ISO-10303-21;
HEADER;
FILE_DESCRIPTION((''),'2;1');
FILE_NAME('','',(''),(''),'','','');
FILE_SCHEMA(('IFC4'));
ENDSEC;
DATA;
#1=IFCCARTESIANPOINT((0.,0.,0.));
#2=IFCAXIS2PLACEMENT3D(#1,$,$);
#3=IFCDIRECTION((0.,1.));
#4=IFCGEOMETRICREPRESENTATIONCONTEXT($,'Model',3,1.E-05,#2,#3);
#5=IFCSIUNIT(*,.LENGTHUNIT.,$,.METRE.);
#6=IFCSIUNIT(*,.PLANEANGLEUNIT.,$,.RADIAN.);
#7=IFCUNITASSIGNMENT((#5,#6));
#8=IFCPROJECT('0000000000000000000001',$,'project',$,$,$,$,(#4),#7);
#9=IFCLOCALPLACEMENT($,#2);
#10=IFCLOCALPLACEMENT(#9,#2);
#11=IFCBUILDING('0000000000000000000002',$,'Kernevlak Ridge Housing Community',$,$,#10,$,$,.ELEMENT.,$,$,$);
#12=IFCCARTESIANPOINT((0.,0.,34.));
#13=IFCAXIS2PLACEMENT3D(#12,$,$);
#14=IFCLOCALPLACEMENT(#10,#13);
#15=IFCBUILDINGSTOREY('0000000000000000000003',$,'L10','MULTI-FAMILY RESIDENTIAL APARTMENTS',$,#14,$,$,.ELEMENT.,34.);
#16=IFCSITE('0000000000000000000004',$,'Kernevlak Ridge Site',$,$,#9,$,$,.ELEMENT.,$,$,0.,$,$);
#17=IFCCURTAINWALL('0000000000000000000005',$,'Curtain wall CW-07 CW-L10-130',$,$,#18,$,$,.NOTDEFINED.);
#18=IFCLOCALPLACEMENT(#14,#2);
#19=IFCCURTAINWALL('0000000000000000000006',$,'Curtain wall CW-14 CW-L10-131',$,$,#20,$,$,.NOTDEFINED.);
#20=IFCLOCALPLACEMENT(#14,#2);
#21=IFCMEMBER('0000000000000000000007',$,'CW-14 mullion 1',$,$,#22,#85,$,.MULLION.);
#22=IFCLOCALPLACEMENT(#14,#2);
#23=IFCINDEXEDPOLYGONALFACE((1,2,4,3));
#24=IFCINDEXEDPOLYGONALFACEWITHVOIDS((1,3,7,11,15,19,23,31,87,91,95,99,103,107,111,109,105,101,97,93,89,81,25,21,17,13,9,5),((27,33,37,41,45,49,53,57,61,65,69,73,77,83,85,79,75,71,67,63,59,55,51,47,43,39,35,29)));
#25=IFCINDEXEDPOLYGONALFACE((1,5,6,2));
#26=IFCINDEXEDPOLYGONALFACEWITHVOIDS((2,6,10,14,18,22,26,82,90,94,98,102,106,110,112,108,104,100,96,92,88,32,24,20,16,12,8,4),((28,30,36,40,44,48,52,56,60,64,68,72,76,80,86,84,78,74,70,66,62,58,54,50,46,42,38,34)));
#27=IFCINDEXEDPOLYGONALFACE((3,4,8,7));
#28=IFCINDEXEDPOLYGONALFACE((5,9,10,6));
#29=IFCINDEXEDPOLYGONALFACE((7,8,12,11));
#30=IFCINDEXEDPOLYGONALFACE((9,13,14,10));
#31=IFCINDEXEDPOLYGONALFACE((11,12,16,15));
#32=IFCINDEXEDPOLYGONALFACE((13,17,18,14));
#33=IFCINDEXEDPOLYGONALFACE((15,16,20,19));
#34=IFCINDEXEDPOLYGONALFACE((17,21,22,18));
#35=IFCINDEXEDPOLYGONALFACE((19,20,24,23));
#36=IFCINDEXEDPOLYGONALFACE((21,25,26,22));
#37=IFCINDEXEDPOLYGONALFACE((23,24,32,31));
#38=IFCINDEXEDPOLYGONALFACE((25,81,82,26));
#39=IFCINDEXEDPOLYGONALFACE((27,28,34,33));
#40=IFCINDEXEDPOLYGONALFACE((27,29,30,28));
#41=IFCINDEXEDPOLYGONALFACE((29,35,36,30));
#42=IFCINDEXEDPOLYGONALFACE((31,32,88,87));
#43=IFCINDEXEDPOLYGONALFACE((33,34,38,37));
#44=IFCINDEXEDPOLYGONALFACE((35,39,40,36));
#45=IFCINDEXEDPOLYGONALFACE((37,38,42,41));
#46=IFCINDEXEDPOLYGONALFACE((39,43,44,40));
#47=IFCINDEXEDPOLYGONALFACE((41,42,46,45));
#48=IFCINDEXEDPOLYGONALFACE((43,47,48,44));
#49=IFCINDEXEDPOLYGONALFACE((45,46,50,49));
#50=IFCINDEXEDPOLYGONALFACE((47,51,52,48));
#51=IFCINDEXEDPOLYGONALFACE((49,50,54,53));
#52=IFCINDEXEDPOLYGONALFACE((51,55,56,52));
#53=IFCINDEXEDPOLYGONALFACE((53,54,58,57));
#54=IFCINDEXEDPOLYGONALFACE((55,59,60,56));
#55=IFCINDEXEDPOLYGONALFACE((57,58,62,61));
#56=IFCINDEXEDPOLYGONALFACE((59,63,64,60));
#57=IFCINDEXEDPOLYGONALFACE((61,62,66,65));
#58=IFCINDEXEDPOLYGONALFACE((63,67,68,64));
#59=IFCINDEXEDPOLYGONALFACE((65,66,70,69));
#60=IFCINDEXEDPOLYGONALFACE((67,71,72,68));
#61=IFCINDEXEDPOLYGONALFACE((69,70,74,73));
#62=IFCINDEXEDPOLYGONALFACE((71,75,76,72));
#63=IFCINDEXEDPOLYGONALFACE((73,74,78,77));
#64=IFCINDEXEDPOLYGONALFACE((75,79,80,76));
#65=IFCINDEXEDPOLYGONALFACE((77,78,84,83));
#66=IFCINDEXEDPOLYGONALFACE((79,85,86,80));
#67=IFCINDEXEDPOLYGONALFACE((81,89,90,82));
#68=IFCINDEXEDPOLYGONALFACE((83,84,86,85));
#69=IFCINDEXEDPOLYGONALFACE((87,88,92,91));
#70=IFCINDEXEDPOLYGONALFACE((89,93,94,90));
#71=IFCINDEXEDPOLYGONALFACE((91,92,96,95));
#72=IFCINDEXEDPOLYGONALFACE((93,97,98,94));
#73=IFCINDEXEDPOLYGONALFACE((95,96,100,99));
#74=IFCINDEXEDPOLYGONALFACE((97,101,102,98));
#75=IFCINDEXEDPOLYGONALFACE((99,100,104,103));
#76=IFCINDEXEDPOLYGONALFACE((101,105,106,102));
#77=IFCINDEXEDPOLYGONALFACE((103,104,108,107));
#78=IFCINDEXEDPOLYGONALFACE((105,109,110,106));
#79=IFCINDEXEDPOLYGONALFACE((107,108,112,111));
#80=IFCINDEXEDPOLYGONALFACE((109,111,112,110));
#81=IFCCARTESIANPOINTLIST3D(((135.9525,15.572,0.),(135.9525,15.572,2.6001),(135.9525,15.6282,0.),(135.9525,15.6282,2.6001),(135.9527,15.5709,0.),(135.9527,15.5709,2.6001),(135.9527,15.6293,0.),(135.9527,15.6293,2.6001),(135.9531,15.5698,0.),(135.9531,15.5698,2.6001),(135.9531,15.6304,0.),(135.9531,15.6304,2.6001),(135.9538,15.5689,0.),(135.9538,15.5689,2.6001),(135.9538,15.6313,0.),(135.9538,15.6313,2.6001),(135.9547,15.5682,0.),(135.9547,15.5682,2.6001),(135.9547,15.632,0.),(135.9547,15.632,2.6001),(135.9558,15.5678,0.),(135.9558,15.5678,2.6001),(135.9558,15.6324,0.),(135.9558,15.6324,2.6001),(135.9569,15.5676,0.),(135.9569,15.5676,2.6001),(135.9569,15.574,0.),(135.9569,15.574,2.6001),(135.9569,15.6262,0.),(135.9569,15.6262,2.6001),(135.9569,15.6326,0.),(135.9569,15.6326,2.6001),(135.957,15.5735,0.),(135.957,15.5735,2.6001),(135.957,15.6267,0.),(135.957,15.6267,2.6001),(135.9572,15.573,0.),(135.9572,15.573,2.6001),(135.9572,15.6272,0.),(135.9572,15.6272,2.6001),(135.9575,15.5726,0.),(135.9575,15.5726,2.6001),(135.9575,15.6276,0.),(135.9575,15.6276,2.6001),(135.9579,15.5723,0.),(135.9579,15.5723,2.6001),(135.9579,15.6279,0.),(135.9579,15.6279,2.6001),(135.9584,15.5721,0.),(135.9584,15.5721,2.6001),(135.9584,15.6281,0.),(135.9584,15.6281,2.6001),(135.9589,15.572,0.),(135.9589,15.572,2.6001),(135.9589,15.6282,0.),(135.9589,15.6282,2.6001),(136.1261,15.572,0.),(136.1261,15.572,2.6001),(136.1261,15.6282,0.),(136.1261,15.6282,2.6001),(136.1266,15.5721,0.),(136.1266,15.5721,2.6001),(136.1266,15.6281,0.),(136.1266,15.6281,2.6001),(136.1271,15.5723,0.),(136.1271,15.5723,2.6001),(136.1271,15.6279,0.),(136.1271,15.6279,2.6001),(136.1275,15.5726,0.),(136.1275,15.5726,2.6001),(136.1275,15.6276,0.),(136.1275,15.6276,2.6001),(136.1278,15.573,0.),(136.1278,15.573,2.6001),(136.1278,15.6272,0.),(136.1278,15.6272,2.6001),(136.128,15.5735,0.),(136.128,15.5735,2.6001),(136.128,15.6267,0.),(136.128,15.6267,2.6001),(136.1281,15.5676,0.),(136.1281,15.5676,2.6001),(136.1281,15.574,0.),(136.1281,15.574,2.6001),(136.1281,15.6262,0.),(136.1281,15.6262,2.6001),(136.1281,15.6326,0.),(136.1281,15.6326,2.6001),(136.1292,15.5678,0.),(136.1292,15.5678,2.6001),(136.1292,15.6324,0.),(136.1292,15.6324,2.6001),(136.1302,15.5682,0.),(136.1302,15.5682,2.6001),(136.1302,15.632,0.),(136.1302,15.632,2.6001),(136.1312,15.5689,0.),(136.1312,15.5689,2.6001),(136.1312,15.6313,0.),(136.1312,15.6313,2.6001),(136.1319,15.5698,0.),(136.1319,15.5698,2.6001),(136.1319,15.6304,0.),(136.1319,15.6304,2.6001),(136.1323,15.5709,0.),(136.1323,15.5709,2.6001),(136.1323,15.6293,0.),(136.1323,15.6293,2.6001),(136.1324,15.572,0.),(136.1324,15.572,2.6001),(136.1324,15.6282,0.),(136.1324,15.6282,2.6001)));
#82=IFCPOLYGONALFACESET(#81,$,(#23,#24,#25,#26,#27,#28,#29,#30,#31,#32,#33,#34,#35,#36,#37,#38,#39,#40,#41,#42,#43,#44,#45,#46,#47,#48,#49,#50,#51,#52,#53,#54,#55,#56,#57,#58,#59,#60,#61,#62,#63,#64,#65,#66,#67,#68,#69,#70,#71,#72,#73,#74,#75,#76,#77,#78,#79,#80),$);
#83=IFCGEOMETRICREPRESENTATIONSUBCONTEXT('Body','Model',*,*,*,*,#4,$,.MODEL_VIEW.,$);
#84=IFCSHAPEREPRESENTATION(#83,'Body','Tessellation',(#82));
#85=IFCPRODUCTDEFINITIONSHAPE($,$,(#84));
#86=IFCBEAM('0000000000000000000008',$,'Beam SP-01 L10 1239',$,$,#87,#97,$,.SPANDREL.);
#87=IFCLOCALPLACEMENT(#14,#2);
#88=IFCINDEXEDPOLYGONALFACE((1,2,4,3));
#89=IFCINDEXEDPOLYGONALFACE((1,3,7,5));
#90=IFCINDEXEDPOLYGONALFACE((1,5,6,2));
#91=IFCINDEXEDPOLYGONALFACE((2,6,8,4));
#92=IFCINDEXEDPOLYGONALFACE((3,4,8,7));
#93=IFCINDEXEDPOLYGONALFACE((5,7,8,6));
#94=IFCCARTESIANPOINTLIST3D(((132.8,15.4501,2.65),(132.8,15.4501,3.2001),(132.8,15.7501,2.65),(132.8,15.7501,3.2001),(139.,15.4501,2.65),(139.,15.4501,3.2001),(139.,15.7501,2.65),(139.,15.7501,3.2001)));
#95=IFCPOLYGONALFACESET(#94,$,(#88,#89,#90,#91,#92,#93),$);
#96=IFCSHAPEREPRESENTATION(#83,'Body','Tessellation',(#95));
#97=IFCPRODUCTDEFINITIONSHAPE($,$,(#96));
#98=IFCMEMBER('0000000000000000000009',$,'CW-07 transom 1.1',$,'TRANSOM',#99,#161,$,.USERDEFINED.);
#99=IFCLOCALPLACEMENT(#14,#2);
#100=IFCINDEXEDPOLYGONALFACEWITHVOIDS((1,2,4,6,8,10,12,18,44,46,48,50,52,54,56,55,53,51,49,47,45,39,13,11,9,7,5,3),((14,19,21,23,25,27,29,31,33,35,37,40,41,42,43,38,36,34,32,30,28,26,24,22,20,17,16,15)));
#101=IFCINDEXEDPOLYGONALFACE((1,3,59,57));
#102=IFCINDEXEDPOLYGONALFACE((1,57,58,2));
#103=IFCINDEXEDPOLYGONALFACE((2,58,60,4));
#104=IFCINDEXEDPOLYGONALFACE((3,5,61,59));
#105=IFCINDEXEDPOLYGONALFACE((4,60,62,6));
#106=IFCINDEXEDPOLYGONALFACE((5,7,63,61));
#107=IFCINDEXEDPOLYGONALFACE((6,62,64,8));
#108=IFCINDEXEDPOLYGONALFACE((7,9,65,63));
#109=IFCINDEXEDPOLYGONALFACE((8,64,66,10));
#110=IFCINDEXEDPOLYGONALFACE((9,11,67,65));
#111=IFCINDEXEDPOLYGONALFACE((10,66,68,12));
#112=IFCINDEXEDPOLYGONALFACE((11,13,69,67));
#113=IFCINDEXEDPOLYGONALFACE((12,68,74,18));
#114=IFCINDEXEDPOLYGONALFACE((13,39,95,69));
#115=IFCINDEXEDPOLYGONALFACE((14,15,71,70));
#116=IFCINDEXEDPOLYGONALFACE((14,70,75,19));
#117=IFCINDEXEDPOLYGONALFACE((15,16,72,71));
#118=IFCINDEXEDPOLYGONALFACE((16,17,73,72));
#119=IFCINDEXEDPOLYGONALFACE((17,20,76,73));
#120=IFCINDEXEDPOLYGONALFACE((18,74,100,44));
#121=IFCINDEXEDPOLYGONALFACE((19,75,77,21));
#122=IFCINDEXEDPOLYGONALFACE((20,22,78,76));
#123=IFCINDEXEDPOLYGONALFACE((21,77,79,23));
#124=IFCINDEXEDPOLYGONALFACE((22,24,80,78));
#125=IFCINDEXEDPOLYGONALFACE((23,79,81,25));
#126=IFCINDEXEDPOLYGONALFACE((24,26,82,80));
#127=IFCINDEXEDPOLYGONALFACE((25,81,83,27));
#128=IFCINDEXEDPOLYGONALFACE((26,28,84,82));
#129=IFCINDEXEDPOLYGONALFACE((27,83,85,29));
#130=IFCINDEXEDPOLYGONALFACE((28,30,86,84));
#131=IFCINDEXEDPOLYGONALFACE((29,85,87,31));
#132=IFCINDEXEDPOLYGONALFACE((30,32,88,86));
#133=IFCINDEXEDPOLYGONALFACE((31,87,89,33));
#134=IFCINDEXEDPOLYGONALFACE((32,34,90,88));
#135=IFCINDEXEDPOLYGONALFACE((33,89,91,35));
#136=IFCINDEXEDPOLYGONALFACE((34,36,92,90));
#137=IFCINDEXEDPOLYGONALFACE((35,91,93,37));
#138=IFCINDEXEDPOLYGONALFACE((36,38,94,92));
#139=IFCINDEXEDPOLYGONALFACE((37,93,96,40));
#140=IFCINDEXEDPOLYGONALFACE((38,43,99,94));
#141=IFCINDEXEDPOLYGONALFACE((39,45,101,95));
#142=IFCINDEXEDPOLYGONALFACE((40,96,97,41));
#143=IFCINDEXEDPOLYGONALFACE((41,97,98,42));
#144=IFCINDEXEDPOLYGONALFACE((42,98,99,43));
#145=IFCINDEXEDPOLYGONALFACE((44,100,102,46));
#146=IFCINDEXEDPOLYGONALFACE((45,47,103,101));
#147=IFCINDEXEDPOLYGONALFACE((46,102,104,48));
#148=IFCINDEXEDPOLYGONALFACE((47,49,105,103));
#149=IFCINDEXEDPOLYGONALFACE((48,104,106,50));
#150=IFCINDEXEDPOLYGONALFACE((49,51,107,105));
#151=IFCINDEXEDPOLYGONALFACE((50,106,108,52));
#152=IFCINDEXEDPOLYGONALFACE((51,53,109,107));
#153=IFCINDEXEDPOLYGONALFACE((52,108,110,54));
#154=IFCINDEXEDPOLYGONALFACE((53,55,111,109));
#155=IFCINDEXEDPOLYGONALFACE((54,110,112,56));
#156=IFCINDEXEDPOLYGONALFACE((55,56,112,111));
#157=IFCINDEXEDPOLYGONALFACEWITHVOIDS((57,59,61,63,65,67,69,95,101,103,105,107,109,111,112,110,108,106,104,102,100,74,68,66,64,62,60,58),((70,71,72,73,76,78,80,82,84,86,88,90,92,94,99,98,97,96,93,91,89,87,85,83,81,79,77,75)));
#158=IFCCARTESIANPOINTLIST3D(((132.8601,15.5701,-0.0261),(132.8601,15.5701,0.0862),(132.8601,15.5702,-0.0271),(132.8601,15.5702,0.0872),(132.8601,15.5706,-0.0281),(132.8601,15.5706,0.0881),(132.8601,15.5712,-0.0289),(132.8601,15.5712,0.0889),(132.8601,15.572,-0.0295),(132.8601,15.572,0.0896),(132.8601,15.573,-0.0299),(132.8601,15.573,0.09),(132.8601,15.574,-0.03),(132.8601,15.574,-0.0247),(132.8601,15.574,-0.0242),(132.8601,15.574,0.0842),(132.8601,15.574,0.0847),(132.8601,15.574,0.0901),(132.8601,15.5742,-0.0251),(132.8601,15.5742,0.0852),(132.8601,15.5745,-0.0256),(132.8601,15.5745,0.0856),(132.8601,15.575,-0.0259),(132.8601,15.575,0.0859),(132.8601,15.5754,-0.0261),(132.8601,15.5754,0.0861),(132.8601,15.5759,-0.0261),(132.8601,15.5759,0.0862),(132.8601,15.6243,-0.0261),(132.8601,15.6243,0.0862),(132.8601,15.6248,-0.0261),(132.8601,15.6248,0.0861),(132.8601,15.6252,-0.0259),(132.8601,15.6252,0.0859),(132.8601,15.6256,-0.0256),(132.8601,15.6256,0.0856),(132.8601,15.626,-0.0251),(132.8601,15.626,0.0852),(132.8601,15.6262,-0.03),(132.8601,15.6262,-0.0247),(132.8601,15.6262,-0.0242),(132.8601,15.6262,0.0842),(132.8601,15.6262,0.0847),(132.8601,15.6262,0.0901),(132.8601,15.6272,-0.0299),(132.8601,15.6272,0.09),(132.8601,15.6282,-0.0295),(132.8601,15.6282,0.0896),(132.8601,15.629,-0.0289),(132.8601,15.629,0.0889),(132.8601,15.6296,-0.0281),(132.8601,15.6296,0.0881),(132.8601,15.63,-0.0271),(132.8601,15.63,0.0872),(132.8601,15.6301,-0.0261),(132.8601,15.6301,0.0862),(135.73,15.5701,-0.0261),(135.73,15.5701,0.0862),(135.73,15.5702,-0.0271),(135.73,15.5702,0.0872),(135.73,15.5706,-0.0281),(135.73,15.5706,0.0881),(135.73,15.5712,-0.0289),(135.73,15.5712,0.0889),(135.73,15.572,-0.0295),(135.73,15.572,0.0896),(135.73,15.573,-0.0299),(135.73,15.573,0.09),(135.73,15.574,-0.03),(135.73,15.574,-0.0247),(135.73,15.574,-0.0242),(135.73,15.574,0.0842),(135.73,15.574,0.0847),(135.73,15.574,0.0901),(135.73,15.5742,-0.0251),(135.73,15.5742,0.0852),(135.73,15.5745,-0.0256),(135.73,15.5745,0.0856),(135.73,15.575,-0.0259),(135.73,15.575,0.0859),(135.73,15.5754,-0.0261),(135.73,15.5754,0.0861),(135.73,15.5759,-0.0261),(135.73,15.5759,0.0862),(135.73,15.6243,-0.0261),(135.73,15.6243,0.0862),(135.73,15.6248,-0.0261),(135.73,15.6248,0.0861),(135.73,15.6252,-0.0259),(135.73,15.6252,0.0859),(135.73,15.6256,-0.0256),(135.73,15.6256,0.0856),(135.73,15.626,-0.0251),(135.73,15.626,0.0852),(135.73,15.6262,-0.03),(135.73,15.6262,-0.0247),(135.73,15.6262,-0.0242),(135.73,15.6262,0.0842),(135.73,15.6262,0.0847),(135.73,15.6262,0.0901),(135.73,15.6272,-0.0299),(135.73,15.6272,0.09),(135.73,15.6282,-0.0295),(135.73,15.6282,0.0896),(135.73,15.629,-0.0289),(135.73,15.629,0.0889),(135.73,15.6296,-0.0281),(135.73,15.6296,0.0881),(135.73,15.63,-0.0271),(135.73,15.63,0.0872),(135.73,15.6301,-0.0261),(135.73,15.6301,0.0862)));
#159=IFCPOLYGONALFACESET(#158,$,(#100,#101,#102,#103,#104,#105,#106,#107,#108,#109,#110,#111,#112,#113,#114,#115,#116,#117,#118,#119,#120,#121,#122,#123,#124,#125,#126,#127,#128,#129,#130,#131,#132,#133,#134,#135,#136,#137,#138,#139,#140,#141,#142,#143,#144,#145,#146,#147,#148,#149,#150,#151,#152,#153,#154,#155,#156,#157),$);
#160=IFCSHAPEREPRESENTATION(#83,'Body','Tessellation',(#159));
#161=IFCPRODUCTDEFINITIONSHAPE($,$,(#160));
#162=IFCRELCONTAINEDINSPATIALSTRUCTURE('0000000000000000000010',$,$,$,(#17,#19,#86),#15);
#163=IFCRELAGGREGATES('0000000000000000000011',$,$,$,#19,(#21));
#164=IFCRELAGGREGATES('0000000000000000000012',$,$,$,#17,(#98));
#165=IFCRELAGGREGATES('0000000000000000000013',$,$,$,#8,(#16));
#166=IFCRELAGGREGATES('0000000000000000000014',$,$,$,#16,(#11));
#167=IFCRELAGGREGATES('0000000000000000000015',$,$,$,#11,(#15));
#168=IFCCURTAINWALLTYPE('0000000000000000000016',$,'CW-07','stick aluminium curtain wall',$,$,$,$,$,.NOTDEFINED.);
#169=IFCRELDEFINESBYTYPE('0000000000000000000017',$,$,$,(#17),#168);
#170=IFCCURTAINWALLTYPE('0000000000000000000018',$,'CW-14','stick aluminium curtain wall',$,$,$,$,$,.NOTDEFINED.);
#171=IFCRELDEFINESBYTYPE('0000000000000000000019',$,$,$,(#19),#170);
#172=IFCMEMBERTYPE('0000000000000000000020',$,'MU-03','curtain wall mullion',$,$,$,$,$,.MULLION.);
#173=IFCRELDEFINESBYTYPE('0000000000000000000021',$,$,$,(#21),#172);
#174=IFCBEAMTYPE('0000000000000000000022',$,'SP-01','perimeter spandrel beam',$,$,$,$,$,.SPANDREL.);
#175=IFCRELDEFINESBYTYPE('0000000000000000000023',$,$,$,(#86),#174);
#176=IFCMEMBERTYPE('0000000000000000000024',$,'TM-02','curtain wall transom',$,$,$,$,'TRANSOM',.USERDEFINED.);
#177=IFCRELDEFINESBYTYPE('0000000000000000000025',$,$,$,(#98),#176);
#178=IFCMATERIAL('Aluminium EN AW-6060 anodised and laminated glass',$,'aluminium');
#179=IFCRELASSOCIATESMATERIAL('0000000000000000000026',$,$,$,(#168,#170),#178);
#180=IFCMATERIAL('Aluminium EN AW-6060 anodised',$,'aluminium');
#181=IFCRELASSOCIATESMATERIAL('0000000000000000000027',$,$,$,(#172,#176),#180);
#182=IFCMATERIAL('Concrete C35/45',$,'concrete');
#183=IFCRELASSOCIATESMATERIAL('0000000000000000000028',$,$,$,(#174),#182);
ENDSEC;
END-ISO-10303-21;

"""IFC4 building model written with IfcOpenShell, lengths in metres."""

from ifc_helpers import new_model, si_unit, direction, frame, origin, origin_2d, place, context, subcontext, project, spatial, rectangle, hollow_rectangle, extrude, material, material_profile, profile_set, type_object, element, aggregate, save


model = new_model("IFC4")

# Units and contexts
model_context = context("Model", 3, precision=1e-05, world=origin(), true_north=direction((0.0, 1.0)))
body_context = subcontext(model_context, "Body", "Model", "MODEL_VIEW")
ifc_project = project(units=[si_unit("LENGTHUNIT", "METRE"), si_unit("PLANEANGLEUNIT", "RADIAN")], contexts=[model_context])

# Site, building, storey
site_placement = place(None, origin())
site = spatial("IfcSite", under=ifc_project, at=site_placement, Name="Kernevlak Ridge Site", CompositionType="ELEMENT", RefElevation=0.0)
building_placement = place(site_placement, origin())
building = spatial("IfcBuilding", under=site, at=building_placement, Name="Kernevlak Ridge Housing Community", CompositionType="ELEMENT")
storey_placement = place(building_placement, frame((0.0, 0.0, 34.0)))
storey = spatial("IfcBuildingStorey", under=building, at=storey_placement, Name="L10", Description="MULTI-FAMILY RESIDENTIAL APARTMENTS", CompositionType="ELEMENT", Elevation=34.0)

# Curtain wall
ifc_material_1 = material(Name="Aluminium EN AW-6060 anodised and laminated glass", Category="aluminium")
curtain_wall_type_1 = type_object("IfcCurtainWallType", Name="CW-07", Description="stick aluminium curtain wall", PredefinedType="NOTDEFINED", material=ifc_material_1)
curtain_wall_1_placement = place(storey_placement, origin())
curtain_wall_1 = element("IfcCurtainWall", 1, at=curtain_wall_1_placement, inside=storey, type_object=curtain_wall_type_1, Name="Curtain wall CW-07 CW-L10-130", PredefinedType="NOTDEFINED")
ifc_material_2 = material(Name="Aluminium EN AW-6060 anodised", Category="aluminium")

# Curtain wall, member
curtain_wall_type_2 = type_object("IfcCurtainWallType", Name="CW-14", Description="stick aluminium curtain wall", PredefinedType="NOTDEFINED", material=ifc_material_1)
curtain_wall_2_placement = place(storey_placement, origin())
curtain_wall_2 = element("IfcCurtainWall", 2, at=curtain_wall_2_placement, inside=storey, type_object=curtain_wall_type_2, Name="Curtain wall CW-14 CW-L10-131", PredefinedType="NOTDEFINED")
ifc_material_profile_1 = material_profile(ifc_material_2, hollow_rectangle(XDim=0.0649, YDim=0.1799, WallThickness=0.0044, InnerFilletRadius=0.002, OuterFilletRadius=0.0044, at=origin_2d()), Name="ALU 65x180x4.5")
ifc_profile_set_1 = profile_set([ifc_material_profile_1], Name="Aluminium EN AW-6060 anodised")
member_type_1 = type_object("IfcMemberType", Name="MU-03", Description="curtain wall mullion", PredefinedType="MULLION", material=ifc_profile_set_1)
member_1_placement = place(storey_placement, frame((136.0425, 15.6001, 0.0), z_axis=(0.0, 0.0, 1.0), x_axis=(0.0, 1.0, 0.0)))
member_1 = element("IfcMember", 3, at=member_1_placement, type_object=member_type_1, Name="CW-14 mullion 1", PredefinedType="MULLION", context=body_context, shape_type="SweptSolid", body=[
    extrude(hollow_rectangle(XDim=0.0649, YDim=0.1799, WallThickness=0.0044, InnerFilletRadius=0.002, OuterFilletRadius=0.0044, at=origin_2d()), origin(), (0.0, 0.0, 1.0), 2.6001),
])
aggregate(curtain_wall_2, [member_1])

# Beam
ifc_material_3 = material(Name="Concrete C35/45", Category="concrete")
ifc_material_profile_2 = material_profile(ifc_material_3, rectangle(XDim=0.3, YDim=0.55, at=origin_2d()), Name="RC 300x550")
ifc_profile_set_2 = profile_set([ifc_material_profile_2], Name="Concrete C35/45")
beam_type = type_object("IfcBeamType", Name="SP-01", Description="perimeter spandrel beam", PredefinedType="SPANDREL", material=ifc_profile_set_2)
beam_placement = place(storey_placement, frame((132.8, 15.6001, 2.925), z_axis=(1.0, 0.0, 0.0), x_axis=(0.0, 1.0, 0.0)))
element("IfcBeam", 4, at=beam_placement, inside=storey, type_object=beam_type, Name="Beam SP-01 L10 1239", PredefinedType="SPANDREL", context=body_context, shape_type="SweptSolid", body=[
    extrude(rectangle(XDim=0.3, YDim=0.55, at=origin_2d()), origin(), (0.0, 0.0, 1.0), 6.2),
])

# Member
ifc_material_profile_3 = material_profile(ifc_material_2, hollow_rectangle(XDim=0.0601, YDim=0.1201, WallThickness=0.0039, InnerFilletRadius=0.002, OuterFilletRadius=0.0039, at=origin_2d()), Name="ALU 60x120x4")
ifc_profile_set_3 = profile_set([ifc_material_profile_3], Name="Aluminium EN AW-6060 anodised")
member_type_2 = type_object("IfcMemberType", Name="TM-02", Description="curtain wall transom", ElementType="TRANSOM", PredefinedType="USERDEFINED", material=ifc_profile_set_3)
member_2_placement = place(storey_placement, frame((132.8601, 15.6001, 0.03), z_axis=(1.0, 0.0, 0.0), x_axis=(0.0, 1.0, 0.0)))
member_2 = element("IfcMember", 5, at=member_2_placement, type_object=member_type_2, Name="CW-07 transom 1.1", ObjectType="TRANSOM", PredefinedType="USERDEFINED", context=body_context, shape_type="SweptSolid", body=[
    extrude(hollow_rectangle(XDim=0.0601, YDim=0.1201, WallThickness=0.0039, InnerFilletRadius=0.002, OuterFilletRadius=0.0039, at=origin_2d()), origin(), (0.0, 0.0, 1.0), 2.8699),
])

aggregate(curtain_wall_1, [member_2])

save(model, "model.ifc")
